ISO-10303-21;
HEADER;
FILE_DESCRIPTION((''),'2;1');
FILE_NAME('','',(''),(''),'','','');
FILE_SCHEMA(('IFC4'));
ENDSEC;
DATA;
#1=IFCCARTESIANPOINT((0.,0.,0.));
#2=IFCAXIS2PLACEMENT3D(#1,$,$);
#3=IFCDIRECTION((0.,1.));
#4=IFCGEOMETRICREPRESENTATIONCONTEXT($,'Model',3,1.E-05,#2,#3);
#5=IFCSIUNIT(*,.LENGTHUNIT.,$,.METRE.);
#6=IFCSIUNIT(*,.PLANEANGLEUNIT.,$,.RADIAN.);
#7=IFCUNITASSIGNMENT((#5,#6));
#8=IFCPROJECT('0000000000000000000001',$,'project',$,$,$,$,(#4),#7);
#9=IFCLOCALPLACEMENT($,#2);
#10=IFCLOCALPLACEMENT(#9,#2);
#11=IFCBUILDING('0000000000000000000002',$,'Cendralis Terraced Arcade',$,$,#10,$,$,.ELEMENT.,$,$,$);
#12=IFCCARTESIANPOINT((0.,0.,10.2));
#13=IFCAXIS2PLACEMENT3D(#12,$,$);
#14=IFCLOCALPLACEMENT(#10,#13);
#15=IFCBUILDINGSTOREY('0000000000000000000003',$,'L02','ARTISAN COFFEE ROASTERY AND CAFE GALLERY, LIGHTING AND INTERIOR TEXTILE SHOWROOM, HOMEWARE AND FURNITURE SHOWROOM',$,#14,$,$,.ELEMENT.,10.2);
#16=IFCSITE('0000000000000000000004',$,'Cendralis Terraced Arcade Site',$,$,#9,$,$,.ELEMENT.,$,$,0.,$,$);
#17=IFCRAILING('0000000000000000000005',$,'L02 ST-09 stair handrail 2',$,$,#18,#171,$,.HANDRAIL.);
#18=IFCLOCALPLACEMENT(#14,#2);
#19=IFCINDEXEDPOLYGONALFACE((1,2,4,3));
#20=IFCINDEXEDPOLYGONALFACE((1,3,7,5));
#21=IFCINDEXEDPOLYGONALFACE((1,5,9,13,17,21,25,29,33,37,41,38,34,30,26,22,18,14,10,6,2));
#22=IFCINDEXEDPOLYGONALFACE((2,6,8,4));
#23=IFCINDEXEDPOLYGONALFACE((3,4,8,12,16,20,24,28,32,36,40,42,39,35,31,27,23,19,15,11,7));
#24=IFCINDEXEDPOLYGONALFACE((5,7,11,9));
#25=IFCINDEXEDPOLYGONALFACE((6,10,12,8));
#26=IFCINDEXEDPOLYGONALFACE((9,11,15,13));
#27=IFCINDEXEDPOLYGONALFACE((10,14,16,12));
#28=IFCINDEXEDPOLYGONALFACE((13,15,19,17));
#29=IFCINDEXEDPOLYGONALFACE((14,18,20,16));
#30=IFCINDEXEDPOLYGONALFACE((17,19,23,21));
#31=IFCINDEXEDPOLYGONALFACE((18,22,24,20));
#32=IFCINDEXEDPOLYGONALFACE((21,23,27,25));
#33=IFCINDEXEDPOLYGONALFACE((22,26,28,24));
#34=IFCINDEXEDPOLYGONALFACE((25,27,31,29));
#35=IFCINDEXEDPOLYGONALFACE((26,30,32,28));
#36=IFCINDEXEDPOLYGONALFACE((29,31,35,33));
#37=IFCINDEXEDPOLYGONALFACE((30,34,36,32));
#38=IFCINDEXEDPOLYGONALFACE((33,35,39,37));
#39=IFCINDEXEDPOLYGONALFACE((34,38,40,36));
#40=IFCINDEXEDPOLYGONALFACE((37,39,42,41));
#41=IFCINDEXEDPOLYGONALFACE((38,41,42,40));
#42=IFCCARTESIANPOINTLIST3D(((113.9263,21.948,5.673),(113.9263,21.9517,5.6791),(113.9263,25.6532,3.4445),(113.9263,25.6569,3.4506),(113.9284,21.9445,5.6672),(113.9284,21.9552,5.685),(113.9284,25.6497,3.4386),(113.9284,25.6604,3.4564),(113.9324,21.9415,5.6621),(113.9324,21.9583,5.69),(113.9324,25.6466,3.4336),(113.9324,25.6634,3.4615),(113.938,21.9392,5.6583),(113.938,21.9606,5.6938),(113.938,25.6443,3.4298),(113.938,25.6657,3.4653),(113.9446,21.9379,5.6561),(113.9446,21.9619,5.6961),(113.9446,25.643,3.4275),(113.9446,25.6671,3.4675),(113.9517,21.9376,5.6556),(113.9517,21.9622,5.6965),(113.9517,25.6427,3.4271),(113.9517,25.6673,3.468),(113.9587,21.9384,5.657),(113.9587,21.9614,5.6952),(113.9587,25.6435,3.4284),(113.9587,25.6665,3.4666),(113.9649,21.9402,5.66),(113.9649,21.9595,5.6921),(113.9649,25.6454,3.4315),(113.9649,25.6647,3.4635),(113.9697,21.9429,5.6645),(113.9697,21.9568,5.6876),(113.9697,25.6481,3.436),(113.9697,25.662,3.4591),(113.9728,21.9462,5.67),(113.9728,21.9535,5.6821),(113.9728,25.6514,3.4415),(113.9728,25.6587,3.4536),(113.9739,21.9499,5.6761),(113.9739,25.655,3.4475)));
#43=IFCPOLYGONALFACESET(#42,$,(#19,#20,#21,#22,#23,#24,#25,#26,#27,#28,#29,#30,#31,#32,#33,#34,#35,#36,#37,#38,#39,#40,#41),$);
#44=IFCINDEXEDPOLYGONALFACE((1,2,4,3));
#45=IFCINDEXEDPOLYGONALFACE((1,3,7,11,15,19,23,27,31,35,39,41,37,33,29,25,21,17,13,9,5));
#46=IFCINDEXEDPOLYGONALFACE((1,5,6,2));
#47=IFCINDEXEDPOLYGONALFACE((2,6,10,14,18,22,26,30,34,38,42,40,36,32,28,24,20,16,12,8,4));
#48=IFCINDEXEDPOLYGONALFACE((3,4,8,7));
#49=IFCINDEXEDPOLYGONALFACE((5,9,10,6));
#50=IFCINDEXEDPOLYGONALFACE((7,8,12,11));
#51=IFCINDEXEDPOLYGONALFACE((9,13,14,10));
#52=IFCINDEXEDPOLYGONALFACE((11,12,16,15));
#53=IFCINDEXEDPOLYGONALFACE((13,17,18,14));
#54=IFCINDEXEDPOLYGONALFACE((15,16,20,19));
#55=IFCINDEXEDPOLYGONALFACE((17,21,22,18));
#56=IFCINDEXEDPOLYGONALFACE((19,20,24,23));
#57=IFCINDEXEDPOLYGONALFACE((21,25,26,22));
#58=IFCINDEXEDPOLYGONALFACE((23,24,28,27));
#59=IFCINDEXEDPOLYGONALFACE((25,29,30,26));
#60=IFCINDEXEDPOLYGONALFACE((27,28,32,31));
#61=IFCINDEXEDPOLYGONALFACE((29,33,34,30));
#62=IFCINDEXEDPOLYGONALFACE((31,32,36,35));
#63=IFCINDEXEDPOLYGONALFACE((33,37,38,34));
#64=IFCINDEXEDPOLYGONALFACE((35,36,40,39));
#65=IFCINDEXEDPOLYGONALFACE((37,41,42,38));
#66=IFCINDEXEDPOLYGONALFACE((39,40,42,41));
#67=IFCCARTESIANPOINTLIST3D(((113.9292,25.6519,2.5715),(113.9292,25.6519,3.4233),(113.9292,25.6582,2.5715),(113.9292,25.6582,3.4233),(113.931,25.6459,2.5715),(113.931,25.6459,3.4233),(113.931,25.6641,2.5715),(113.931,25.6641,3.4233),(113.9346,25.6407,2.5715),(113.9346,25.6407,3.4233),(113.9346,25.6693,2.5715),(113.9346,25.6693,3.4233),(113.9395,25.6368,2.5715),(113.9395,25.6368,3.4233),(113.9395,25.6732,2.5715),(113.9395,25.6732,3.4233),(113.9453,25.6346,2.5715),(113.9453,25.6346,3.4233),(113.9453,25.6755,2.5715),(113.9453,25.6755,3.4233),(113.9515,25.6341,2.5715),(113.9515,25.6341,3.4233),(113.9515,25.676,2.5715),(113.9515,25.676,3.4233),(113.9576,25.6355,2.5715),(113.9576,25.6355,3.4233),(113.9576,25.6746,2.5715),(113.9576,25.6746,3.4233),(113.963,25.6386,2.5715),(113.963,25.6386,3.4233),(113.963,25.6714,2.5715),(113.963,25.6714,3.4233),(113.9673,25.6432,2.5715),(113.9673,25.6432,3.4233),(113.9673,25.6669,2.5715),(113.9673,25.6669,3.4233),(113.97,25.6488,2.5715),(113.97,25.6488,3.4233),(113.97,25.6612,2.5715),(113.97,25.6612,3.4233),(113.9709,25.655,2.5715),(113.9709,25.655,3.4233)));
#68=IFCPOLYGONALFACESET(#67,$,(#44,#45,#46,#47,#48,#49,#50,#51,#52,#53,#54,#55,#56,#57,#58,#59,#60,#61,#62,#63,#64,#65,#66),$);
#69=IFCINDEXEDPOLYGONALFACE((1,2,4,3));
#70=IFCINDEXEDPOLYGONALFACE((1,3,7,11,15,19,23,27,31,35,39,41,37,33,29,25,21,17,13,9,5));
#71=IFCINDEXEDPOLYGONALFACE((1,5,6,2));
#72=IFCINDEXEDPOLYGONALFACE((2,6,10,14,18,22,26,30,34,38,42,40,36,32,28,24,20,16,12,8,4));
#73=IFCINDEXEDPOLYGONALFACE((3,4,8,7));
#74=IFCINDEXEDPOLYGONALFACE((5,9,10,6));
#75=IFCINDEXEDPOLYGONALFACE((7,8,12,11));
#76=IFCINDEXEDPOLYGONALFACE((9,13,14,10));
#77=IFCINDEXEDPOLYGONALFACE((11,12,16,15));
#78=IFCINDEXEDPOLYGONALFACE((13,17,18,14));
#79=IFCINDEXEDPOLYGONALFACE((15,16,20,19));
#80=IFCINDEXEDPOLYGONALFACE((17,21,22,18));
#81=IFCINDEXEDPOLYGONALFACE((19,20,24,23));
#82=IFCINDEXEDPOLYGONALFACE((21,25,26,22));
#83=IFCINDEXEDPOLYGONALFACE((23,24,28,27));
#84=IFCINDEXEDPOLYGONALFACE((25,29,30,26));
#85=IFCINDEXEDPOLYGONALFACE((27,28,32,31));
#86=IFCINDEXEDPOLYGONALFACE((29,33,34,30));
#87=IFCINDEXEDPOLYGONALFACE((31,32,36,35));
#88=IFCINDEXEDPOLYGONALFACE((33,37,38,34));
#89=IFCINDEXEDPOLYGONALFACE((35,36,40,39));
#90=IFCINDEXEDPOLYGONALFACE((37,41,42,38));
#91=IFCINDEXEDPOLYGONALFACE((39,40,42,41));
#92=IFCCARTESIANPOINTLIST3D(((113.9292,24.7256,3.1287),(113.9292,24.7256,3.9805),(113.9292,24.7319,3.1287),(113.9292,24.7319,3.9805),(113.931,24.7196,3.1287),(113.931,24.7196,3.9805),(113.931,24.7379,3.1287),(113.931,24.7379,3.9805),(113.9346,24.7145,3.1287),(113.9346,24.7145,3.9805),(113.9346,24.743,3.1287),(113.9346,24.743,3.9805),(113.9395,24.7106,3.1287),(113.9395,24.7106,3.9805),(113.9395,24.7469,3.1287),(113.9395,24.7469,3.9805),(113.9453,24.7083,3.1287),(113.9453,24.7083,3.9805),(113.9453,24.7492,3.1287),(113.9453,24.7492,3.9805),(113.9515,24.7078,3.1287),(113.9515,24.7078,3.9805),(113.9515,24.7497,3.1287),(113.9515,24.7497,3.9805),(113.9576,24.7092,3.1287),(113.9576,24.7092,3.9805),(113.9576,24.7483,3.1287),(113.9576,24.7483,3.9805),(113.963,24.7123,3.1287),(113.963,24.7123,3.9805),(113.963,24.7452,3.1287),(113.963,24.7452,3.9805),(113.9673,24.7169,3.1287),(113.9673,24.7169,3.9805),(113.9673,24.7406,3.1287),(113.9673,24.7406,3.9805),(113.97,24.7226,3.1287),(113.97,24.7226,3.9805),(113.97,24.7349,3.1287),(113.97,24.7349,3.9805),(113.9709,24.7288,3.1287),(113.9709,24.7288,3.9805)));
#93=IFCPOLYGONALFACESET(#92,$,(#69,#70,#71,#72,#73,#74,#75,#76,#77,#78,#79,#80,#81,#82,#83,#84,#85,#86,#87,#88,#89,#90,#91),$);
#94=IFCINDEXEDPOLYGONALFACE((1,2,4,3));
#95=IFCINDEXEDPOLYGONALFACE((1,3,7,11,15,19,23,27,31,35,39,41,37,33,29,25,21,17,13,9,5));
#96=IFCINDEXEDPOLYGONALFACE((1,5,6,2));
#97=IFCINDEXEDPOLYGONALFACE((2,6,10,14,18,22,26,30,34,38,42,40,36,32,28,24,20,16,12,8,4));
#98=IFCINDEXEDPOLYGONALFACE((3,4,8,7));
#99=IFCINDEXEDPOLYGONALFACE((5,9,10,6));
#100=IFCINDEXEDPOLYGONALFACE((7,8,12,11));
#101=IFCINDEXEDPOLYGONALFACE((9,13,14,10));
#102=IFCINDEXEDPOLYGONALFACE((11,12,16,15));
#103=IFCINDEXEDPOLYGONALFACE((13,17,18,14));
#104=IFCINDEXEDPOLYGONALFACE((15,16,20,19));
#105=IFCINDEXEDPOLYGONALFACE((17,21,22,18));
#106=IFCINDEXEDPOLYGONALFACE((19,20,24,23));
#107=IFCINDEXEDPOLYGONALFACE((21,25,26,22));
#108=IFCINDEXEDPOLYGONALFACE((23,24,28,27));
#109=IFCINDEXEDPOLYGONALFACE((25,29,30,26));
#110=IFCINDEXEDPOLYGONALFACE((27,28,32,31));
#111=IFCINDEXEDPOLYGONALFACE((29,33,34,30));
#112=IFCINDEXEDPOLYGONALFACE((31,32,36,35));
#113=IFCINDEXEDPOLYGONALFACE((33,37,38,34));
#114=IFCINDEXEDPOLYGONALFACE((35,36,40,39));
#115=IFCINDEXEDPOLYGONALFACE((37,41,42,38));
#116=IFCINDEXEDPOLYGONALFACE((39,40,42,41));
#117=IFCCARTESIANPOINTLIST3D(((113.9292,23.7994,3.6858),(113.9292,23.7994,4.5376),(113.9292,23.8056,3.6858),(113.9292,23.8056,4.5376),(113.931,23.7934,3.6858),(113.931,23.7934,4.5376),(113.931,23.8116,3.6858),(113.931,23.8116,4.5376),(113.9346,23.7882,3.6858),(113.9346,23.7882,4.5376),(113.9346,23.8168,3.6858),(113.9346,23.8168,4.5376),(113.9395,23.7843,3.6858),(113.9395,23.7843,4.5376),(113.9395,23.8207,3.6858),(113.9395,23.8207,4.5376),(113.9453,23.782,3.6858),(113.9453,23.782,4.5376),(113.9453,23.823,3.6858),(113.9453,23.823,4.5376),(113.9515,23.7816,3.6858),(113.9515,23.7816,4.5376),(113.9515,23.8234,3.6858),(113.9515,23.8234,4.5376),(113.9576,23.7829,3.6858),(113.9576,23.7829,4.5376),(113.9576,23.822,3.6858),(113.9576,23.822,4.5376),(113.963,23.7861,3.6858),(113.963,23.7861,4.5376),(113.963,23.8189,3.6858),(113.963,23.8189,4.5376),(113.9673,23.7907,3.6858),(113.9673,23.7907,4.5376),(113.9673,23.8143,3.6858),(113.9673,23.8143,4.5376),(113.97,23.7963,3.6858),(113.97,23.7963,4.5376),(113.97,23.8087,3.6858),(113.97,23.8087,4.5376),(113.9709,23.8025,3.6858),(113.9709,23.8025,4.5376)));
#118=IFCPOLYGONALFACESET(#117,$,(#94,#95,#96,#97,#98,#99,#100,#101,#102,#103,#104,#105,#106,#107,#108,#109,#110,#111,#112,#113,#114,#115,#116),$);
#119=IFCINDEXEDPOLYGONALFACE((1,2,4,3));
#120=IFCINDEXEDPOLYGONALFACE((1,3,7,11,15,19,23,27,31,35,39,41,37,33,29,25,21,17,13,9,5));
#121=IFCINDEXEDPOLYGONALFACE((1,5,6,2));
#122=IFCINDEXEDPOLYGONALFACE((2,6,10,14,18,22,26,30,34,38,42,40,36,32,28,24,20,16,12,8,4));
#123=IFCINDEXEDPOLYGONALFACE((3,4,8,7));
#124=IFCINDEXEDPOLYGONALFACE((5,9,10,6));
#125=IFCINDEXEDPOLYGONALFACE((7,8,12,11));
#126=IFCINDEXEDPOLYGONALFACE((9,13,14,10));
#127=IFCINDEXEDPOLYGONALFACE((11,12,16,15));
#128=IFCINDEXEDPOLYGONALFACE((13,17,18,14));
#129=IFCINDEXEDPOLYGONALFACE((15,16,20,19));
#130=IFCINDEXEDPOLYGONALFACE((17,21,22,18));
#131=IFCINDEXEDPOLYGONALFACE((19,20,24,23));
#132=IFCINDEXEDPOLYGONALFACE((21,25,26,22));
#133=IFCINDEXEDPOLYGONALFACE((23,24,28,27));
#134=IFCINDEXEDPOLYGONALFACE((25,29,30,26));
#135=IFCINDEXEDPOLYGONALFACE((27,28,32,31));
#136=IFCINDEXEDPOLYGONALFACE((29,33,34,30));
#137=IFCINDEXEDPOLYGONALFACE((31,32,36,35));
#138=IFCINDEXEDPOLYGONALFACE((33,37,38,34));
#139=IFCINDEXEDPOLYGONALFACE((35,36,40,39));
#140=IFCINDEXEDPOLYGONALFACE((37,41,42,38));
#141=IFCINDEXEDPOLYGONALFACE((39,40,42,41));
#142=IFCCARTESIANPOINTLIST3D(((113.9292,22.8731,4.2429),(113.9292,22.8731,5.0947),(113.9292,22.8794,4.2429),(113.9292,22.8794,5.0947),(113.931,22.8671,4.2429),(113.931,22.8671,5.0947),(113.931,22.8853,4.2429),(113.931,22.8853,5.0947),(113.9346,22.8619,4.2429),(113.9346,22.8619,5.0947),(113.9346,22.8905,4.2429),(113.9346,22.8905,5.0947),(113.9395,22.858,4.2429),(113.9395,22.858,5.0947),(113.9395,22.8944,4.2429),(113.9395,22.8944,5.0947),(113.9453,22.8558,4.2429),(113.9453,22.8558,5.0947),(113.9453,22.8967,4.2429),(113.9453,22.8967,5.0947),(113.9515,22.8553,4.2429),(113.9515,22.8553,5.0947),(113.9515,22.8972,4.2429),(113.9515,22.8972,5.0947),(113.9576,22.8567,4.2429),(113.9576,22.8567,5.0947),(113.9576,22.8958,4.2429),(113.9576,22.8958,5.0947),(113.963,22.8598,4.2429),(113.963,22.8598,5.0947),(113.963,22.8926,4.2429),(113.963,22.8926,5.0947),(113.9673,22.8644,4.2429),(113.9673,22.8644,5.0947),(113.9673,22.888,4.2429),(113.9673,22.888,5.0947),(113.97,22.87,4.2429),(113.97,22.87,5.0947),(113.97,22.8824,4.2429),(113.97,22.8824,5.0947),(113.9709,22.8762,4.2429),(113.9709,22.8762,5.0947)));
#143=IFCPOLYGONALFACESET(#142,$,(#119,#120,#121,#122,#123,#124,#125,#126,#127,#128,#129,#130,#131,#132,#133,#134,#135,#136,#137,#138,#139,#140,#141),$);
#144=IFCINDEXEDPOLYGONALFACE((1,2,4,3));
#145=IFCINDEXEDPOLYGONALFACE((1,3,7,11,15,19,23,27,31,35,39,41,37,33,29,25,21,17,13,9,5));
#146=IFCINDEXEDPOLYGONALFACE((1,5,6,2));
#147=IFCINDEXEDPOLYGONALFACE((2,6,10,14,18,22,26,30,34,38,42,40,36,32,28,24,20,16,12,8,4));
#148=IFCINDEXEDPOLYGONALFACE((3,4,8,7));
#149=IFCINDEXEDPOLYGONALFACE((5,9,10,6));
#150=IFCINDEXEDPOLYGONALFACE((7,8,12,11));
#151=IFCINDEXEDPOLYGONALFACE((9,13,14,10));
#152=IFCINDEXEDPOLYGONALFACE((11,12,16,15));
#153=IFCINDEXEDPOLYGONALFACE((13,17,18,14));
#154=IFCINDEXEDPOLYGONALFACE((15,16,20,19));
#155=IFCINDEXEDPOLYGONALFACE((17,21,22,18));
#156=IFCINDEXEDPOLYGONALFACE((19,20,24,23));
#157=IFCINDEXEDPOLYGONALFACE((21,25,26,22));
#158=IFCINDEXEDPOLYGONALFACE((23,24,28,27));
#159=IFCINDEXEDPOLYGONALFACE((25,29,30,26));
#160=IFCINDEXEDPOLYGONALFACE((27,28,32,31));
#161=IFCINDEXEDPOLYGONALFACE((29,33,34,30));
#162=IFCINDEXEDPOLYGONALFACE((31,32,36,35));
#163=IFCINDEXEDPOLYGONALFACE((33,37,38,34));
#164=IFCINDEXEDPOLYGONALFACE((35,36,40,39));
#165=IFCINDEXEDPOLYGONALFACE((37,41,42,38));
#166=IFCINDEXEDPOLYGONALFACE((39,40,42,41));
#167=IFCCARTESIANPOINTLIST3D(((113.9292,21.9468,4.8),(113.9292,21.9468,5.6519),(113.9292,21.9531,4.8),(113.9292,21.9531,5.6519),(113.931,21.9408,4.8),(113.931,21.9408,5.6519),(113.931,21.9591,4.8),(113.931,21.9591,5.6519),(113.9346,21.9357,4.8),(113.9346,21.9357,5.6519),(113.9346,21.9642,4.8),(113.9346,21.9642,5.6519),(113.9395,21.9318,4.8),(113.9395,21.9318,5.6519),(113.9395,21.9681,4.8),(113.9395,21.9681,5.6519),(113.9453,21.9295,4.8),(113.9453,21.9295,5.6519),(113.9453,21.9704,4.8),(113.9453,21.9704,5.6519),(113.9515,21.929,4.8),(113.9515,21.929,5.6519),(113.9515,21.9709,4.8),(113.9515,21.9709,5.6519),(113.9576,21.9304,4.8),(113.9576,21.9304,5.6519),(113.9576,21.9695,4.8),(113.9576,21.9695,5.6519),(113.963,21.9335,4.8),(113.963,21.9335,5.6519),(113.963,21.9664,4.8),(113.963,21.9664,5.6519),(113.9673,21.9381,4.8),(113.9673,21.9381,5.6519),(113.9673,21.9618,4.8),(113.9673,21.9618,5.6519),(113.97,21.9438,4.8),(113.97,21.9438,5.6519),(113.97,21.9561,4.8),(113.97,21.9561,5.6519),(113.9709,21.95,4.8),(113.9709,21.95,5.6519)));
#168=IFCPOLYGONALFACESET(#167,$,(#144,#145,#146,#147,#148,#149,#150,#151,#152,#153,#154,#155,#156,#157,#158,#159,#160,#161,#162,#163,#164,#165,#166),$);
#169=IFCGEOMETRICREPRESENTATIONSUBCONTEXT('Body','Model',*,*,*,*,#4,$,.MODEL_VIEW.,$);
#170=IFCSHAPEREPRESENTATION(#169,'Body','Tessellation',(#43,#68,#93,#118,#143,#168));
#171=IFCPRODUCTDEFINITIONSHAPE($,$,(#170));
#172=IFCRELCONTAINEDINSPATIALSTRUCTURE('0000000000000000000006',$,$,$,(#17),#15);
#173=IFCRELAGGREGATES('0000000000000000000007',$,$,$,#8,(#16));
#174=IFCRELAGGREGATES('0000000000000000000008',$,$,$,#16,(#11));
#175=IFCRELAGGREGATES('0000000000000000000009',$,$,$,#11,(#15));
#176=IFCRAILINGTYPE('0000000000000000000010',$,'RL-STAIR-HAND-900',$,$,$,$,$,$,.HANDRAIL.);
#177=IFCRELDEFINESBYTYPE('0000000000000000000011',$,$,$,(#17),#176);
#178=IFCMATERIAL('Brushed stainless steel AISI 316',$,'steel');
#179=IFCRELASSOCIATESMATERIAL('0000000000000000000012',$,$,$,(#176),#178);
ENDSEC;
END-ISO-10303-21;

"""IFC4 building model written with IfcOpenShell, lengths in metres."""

from ifc_helpers import new_model, si_unit, direction, frame, origin, origin_2d, place, context, subcontext, project, spatial, circle, extrude, material, type_object, element, save


model = new_model("IFC4")

# Units and contexts
model_context = context("Model", 3, precision=1e-05, world=origin(), true_north=direction((0.0, 1.0)))
body_context = subcontext(model_context, "Body", "Model", "MODEL_VIEW")
ifc_project = project(units=[si_unit("LENGTHUNIT", "METRE"), si_unit("PLANEANGLEUNIT", "RADIAN")], contexts=[model_context])

# Site, building, storey
site_placement = place(None, origin())
site = spatial("IfcSite", under=ifc_project, at=site_placement, Name="Cendralis Terraced Arcade Site", CompositionType="ELEMENT", RefElevation=0.0)
building_placement = place(site_placement, origin())
building = spatial("IfcBuilding", under=site, at=building_placement, Name="Cendralis Terraced Arcade", CompositionType="ELEMENT")
storey_placement = place(building_placement, frame((0.0, 0.0, 10.2)))
storey = spatial("IfcBuildingStorey", under=building, at=storey_placement, Name="L02", Description="ARTISAN COFFEE ROASTERY AND CAFE GALLERY, LIGHTING AND INTERIOR TEXTILE SHOWROOM, HOMEWARE AND FURNITURE SHOWROOM", CompositionType="ELEMENT", Elevation=10.2)

# Railing
ifc_material_1 = material(Name="Brushed stainless steel AISI 316", Category="steel")
railing_type_1 = type_object("IfcRailingType", Name="RL-STAIR-HAND-900", PredefinedType="HANDRAIL", material=ifc_material_1)
railing_1_placement = place(storey_placement, frame((113.95, 25.655, 2.5715)))
element("IfcRailing", 1, at=railing_1_placement, inside=storey, type_object=railing_type_1, Name="L02 ST-09 stair handrail 2", PredefinedType="HANDRAIL", context=body_context, shape_type="SweptSolid", body=[
    extrude(circle(Radius=0.0239, at=origin_2d()), frame((0.0, 0.0, 0.876), z_axis=(0.0, -0.856934, 0.515425), x_axis=(1.0, 0.0, 0.0)), (0.0, 0.0, 1.0), 4.3237),
    extrude(circle(Radius=0.021, at=origin_2d()), origin(), (0.0, 0.0, 1.0), 0.8518),
    extrude(circle(Radius=0.021, at=origin_2d()), frame((0.0, -0.9263, 0.5571)), (0.0, 0.0, 1.0), 0.8518),
    extrude(circle(Radius=0.021, at=origin_2d()), frame((0.0, -1.8525, 1.1143)), (0.0, 0.0, 1.0), 0.8518),
    extrude(circle(Radius=0.021, at=origin_2d()), frame((0.0, -2.7788, 1.6714)), (0.0, 0.0, 1.0), 0.8518),
    extrude(circle(Radius=0.021, at=origin_2d()), frame((0.0, -3.7051, 2.2285)), (0.0, 0.0, 1.0), 0.8518),
])

save(model, "model.ifc")
